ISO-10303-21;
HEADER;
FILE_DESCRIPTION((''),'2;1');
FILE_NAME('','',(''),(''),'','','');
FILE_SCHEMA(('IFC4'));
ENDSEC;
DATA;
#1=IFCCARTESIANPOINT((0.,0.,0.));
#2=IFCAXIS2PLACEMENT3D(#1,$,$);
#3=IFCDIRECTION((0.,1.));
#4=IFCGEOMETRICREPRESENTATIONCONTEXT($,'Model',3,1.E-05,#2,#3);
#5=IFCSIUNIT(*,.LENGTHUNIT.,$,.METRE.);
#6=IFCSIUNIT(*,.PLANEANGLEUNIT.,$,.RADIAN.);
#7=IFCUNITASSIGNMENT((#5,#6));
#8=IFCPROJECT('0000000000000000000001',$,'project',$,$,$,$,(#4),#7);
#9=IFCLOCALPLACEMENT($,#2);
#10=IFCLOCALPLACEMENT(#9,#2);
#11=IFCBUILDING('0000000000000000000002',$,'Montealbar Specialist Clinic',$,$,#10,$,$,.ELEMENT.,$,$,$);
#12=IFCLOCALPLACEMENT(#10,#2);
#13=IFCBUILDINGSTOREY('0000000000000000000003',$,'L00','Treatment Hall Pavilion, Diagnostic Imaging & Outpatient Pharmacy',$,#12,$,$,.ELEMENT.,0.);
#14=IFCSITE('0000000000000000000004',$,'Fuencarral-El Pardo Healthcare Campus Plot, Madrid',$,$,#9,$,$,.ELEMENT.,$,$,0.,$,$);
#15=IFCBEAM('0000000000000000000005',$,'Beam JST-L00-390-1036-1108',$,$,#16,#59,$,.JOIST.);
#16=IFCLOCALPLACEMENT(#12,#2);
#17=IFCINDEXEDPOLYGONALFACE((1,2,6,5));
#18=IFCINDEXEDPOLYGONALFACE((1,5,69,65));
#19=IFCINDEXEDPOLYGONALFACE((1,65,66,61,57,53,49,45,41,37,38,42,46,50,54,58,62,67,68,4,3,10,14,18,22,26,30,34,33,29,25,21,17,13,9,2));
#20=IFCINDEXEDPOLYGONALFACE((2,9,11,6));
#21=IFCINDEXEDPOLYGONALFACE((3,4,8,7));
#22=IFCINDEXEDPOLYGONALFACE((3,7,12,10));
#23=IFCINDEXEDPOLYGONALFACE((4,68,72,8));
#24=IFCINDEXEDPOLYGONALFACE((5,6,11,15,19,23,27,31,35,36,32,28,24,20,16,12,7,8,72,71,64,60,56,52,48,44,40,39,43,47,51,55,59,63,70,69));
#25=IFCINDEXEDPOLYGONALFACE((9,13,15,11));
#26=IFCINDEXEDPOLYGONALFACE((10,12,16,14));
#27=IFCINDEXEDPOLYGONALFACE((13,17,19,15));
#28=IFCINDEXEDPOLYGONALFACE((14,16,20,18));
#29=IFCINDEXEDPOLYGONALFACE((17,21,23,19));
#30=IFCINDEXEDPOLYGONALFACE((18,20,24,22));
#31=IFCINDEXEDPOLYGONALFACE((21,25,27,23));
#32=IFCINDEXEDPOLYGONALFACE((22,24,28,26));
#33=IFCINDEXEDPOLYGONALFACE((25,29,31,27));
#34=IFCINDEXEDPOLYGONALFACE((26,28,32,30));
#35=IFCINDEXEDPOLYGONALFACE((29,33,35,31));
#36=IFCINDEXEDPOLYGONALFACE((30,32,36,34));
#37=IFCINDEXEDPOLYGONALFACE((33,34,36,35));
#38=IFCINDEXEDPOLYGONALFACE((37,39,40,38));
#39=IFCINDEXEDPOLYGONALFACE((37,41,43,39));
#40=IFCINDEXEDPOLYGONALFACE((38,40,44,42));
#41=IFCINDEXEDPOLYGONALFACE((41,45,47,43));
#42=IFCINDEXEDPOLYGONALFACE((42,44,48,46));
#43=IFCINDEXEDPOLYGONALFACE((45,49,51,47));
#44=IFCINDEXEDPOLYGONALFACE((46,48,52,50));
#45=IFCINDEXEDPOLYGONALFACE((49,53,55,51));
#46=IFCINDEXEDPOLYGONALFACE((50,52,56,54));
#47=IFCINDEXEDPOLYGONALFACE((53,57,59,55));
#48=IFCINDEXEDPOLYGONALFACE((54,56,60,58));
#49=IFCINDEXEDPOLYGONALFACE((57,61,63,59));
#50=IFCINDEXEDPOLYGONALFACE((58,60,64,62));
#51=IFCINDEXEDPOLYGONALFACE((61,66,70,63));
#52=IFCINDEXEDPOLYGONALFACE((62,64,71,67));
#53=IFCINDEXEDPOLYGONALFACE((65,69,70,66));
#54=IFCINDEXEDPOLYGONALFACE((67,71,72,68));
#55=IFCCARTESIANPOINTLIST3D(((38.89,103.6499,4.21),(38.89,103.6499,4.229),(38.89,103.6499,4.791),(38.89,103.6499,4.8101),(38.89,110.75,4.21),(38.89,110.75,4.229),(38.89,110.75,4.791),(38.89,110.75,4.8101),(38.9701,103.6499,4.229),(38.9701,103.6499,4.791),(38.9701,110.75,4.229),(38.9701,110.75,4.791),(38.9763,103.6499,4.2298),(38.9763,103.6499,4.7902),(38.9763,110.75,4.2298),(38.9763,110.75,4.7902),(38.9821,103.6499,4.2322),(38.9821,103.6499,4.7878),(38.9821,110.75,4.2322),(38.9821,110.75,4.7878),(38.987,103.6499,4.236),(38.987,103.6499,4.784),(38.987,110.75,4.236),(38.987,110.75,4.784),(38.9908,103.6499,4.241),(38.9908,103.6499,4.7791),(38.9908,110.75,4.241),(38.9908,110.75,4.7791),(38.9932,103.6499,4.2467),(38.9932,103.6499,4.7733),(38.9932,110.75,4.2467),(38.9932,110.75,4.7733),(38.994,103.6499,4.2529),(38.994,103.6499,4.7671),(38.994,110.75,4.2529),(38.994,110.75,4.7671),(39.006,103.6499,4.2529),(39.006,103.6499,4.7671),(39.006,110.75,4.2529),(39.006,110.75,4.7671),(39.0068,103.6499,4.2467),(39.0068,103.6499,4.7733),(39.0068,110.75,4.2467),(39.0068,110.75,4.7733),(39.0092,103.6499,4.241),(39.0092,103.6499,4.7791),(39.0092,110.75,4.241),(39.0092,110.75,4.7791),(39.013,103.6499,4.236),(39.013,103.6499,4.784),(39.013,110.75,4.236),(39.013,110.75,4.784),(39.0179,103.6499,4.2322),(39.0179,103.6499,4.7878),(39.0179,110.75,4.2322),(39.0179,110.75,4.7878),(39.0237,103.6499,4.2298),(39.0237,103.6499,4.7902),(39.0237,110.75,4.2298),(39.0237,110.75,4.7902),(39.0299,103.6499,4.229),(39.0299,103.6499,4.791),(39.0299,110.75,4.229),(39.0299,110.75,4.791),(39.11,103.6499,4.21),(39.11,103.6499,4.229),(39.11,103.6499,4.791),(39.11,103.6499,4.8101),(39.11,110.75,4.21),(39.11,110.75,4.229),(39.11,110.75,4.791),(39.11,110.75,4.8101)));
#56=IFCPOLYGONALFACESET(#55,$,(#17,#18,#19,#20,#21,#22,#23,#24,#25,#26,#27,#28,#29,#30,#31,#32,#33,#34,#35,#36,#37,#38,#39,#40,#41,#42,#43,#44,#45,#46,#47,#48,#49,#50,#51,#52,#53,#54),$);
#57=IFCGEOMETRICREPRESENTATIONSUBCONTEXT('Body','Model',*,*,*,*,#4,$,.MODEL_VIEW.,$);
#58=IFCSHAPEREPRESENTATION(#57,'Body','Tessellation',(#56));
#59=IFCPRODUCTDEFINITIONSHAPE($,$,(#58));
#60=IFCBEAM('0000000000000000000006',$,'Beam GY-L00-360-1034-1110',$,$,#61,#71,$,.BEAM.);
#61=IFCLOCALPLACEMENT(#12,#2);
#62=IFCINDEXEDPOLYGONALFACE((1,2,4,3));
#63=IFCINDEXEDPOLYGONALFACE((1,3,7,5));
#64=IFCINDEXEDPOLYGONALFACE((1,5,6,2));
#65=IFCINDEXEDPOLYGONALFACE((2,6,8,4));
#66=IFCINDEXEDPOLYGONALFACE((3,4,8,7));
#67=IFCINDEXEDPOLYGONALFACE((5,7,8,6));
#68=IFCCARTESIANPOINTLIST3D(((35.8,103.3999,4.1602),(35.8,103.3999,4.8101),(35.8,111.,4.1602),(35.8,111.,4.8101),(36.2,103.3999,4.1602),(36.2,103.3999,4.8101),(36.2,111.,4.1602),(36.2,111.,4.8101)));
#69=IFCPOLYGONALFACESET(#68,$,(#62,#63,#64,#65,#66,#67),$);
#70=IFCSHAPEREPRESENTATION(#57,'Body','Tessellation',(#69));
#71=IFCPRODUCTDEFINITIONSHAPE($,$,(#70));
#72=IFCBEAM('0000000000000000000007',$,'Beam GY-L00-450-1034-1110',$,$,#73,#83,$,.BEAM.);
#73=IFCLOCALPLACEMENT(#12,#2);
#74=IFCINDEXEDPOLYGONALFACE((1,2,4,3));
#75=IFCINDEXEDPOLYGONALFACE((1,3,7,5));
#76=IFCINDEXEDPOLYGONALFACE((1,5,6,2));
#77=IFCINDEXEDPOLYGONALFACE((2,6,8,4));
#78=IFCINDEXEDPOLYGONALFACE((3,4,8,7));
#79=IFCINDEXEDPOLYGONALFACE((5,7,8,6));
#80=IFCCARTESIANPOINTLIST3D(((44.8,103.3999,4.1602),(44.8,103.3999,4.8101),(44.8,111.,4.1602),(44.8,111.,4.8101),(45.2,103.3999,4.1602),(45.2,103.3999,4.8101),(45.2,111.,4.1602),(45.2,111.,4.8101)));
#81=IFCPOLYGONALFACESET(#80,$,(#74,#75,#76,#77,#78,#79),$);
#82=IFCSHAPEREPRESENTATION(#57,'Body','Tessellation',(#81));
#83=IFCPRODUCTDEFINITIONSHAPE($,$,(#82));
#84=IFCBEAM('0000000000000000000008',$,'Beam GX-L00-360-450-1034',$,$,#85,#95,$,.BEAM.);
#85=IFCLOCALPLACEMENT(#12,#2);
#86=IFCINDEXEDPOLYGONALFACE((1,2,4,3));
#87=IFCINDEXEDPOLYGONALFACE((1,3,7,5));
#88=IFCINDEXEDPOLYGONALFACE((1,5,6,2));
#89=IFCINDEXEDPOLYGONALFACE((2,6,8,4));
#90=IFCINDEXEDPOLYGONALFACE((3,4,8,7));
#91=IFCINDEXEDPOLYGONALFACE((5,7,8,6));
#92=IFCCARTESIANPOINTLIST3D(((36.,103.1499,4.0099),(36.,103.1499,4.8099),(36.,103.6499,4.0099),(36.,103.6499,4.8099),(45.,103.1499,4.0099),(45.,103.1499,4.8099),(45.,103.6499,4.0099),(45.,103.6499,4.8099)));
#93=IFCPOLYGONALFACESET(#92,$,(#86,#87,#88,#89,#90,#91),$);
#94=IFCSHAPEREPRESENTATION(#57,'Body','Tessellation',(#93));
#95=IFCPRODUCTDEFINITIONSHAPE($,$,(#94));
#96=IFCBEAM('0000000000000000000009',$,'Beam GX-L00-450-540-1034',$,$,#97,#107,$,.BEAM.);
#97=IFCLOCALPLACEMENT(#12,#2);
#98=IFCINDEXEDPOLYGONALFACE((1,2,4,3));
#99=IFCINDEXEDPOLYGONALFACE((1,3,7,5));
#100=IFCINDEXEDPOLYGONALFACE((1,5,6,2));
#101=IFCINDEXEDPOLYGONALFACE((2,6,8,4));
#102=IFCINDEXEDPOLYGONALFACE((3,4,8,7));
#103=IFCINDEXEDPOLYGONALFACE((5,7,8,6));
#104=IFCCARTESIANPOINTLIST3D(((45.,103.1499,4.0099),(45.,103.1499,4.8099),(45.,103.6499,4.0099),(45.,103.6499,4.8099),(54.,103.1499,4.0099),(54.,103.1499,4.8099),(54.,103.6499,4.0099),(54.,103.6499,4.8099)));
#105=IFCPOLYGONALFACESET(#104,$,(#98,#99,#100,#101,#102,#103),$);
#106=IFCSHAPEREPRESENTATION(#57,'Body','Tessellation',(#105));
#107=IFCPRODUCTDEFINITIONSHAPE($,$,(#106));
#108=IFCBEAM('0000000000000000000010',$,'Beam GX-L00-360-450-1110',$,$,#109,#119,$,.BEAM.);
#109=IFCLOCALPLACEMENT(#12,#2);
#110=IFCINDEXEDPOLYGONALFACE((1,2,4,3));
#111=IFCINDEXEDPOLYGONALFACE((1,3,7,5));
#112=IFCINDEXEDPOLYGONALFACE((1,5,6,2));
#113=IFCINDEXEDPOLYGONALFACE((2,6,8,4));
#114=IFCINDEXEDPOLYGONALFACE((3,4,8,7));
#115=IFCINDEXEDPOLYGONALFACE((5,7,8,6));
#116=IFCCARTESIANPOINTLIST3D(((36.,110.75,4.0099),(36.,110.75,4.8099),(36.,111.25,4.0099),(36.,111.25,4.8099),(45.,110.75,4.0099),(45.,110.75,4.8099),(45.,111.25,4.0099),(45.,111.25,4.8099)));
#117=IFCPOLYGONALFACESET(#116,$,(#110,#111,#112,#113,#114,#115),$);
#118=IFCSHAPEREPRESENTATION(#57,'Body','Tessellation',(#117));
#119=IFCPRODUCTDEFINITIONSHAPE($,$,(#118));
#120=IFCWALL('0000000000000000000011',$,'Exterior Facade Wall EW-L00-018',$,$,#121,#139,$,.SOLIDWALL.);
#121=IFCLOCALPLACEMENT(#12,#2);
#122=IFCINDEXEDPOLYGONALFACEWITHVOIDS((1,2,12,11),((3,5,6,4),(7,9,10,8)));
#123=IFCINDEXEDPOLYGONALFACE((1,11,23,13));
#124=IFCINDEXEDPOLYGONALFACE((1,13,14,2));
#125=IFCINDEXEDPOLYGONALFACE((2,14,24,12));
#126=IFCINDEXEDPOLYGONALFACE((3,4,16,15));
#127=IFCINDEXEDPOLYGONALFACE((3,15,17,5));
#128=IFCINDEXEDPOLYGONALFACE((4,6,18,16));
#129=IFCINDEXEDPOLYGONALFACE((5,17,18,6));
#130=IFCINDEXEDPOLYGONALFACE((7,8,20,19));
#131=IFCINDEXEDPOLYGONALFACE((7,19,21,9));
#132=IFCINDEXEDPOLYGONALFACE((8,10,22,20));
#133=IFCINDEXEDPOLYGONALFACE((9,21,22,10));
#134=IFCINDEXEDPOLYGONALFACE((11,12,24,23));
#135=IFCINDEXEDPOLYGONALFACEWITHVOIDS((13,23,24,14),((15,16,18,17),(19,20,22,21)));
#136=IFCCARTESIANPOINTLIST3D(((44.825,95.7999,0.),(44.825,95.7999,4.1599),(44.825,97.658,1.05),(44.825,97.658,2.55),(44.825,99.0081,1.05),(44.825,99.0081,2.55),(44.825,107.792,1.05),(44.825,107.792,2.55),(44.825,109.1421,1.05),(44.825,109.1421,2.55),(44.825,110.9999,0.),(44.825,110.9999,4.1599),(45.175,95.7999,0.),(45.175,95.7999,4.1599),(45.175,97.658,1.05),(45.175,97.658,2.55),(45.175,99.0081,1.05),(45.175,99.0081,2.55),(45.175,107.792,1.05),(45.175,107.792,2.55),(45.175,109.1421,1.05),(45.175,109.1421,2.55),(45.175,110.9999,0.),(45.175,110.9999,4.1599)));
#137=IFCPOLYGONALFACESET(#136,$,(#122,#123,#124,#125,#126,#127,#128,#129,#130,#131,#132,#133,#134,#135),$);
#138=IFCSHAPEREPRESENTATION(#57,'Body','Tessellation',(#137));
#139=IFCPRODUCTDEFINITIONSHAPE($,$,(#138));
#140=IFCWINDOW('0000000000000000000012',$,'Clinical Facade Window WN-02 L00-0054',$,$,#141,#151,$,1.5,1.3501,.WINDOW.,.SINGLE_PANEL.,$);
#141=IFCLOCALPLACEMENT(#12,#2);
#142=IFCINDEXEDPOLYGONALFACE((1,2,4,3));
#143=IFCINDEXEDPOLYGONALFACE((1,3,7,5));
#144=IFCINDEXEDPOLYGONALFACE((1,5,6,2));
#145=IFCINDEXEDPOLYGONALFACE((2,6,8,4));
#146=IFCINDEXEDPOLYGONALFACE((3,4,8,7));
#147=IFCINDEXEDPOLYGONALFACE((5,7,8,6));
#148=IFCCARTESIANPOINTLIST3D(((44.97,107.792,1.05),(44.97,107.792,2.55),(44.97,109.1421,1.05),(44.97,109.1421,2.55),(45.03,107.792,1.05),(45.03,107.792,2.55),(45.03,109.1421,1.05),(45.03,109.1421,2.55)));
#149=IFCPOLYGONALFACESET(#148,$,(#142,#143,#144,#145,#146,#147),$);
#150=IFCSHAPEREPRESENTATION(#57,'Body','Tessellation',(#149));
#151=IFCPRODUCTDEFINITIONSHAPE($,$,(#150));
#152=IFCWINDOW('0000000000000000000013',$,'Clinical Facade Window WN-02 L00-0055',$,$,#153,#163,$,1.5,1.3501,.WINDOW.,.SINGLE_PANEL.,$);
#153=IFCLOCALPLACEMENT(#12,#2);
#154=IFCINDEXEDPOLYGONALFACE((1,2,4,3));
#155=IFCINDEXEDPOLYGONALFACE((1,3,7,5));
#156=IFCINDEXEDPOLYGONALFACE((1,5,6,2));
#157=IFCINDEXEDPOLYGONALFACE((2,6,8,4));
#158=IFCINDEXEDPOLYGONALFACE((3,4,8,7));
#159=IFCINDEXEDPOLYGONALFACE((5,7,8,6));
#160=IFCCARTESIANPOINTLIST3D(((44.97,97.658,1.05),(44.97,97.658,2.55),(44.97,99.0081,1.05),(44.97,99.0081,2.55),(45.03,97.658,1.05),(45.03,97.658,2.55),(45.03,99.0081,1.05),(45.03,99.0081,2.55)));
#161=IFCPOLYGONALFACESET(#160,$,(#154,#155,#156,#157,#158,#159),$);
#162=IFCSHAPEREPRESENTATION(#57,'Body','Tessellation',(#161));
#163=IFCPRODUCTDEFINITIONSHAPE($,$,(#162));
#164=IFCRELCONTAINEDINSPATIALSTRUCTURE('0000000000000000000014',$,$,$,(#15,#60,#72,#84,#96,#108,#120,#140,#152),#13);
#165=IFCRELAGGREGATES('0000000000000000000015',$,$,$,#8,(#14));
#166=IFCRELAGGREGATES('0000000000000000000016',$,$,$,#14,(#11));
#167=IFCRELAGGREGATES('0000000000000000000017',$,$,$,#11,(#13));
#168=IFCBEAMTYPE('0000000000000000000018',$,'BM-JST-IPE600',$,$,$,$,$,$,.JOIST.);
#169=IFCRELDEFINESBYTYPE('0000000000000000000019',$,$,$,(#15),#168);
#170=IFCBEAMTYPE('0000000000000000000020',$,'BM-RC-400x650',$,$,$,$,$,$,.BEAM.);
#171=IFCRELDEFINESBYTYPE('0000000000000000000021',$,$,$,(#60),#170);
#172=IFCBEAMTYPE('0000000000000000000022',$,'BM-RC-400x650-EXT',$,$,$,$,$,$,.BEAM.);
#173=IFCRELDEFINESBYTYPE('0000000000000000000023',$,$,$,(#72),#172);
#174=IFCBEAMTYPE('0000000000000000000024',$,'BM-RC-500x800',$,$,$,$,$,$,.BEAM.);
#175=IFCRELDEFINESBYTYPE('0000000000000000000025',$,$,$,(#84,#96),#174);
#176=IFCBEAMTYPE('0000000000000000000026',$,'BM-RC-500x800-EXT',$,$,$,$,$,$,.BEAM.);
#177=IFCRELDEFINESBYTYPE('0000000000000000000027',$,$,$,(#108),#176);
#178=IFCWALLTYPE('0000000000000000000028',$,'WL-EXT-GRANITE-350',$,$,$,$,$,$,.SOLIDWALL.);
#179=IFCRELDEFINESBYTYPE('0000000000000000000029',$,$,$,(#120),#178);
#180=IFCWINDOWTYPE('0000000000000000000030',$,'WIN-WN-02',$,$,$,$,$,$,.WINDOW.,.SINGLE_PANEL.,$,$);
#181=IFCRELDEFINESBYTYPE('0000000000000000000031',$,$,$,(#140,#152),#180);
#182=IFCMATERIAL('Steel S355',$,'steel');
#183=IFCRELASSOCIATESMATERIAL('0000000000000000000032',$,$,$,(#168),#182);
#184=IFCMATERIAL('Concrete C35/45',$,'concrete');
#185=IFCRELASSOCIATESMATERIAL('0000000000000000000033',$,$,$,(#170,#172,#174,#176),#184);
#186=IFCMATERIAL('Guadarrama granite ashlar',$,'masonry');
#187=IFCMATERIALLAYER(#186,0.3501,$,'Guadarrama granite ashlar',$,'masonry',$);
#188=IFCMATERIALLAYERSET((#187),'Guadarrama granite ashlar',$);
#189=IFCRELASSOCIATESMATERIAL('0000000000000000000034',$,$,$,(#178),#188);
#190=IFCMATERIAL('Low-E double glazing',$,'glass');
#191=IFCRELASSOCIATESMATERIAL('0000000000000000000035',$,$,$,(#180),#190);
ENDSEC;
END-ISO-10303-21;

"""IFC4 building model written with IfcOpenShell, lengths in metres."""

from ifc_helpers import new_model, si_unit, direction, frame, frame_2d, origin, origin_2d, place, context, subcontext, project, spatial, rectangle, i_section, extrude, material, layer, layer_set, material_profile, profile_set, type_object, element, fill, save


model = new_model("IFC4")

# Units and contexts
model_context = context("Model", 3, precision=1e-05, world=origin(), true_north=direction((0.0, 1.0)))
body_context = subcontext(model_context, "Body", "Model", "MODEL_VIEW")
ifc_project = project(units=[si_unit("LENGTHUNIT", "METRE"), si_unit("PLANEANGLEUNIT", "RADIAN")], contexts=[model_context])

# Site, building, storey
site_placement = place(None, origin())
site = spatial("IfcSite", under=ifc_project, at=site_placement, Name="Fuencarral-El Pardo Healthcare Campus Plot, Madrid", CompositionType="ELEMENT", RefElevation=0.0)
building_placement = place(site_placement, origin())
building = spatial("IfcBuilding", under=site, at=building_placement, Name="Montealbar Specialist Clinic", CompositionType="ELEMENT")
storey_placement = place(building_placement, origin())
storey = spatial("IfcBuildingStorey", under=building, at=storey_placement, Name="L00", Description="Treatment Hall Pavilion, Diagnostic Imaging & Outpatient Pharmacy", CompositionType="ELEMENT", Elevation=0.0)

# Shared definitions
ifc_material_1 = material(Name="Concrete C35/45", Category="concrete")
ifc_material_2 = material(Name="Guadarrama granite ashlar", Category="masonry")

# Beams
ifc_material_3 = material(Name="Steel S355", Category="steel")
ifc_material_profile_1 = material_profile(ifc_material_3, i_section(OverallWidth=0.22, OverallDepth=0.6001, WebThickness=0.012, FlangeThickness=0.019, FilletRadius=0.0239, at=origin_2d()), Name="IPE 600", Category="steel")
ifc_profile_set_1 = profile_set([ifc_material_profile_1], Name="Steel S355")
beam_type_1 = type_object("IfcBeamType", Name="BM-JST-IPE600", PredefinedType="JOIST", material=ifc_profile_set_1)
beam_1_placement = place(storey_placement, frame((39.0, 103.6499, 4.51), z_axis=(0.0, 1.0, 0.0), x_axis=(-1.0, 0.0, 0.0)))
element("IfcBeam", 1, at=beam_1_placement, inside=storey, type_object=beam_type_1, Name="Beam JST-L00-390-1036-1108", PredefinedType="JOIST", context=body_context, shape_type="SweptSolid", body=[
    extrude(i_section(OverallWidth=0.22, OverallDepth=0.6001, WebThickness=0.012, FlangeThickness=0.019, FilletRadius=0.0239, at=origin_2d()), origin(), (0.0, 0.0, 1.0), 7.1001),
])
ifc_material_profile_2 = material_profile(ifc_material_1, rectangle(XDim=0.3999, YDim=0.6499, at=origin_2d()), Name="RC 400x650", Category="concrete")
ifc_profile_set_2 = profile_set([ifc_material_profile_2], Name="Concrete C35/45")
beam_type_2 = type_object("IfcBeamType", Name="BM-RC-400x650", PredefinedType="BEAM", material=ifc_profile_set_2)
beam_2_placement = place(storey_placement, frame((36.0, 103.3999, 4.4851), z_axis=(0.0, 1.0, 0.0), x_axis=(-1.0, 0.0, 0.0)))
element("IfcBeam", 2, at=beam_2_placement, inside=storey, type_object=beam_type_2, Name="Beam GY-L00-360-1034-1110", PredefinedType="BEAM", context=body_context, shape_type="SweptSolid", body=[
    extrude(rectangle(XDim=0.3999, YDim=0.6499, at=origin_2d()), origin(), (0.0, 0.0, 1.0), 7.6001),
])
ifc_material_profile_3 = material_profile(ifc_material_1, rectangle(XDim=0.3999, YDim=0.6499, at=origin_2d()), Name="RC 400x650", Category="concrete")
ifc_profile_set_3 = profile_set([ifc_material_profile_3], Name="Concrete C35/45")
beam_type_3 = type_object("IfcBeamType", Name="BM-RC-400x650-EXT", PredefinedType="BEAM", material=ifc_profile_set_3)
beam_3_placement = place(storey_placement, frame((45.0, 103.3999, 4.4851), z_axis=(0.0, 1.0, 0.0), x_axis=(-1.0, 0.0, 0.0)))
element("IfcBeam", 3, at=beam_3_placement, inside=storey, type_object=beam_type_3, Name="Beam GY-L00-450-1034-1110", PredefinedType="BEAM", context=body_context, shape_type="SweptSolid", body=[
    extrude(rectangle(XDim=0.3999, YDim=0.6499, at=origin_2d()), origin(), (0.0, 0.0, 1.0), 7.6001),
])
ifc_material_profile_4 = material_profile(ifc_material_1, rectangle(XDim=0.5, YDim=0.8, at=origin_2d()), Name="RC 500x800", Category="concrete")
ifc_profile_set_4 = profile_set([ifc_material_profile_4], Name="Concrete C35/45")
beam_type_4 = type_object("IfcBeamType", Name="BM-RC-500x800", PredefinedType="BEAM", material=ifc_profile_set_4)
for number, where, z_axis, x_axis, name in (
    (4, (36.0, 103.3999, 4.4099), (1.0, 0.0, 0.0), (0.0, 1.0, 0.0), "Beam GX-L00-360-450-1034"),
    (5, (45.0, 103.3999, 4.4099), (1.0, 0.0, 0.0), (0.0, 1.0, 0.0), "Beam GX-L00-450-540-1034"),
):
    element("IfcBeam", number, at=place(storey_placement, frame(where, z_axis=z_axis, x_axis=x_axis)), inside=storey, type_object=beam_type_4, Name=name, PredefinedType="BEAM", context=body_context, shape_type="SweptSolid", body=[
        extrude(rectangle(XDim=0.5, YDim=0.8, at=origin_2d()), origin(), (0.0, 0.0, 1.0), 9.0),
    ])
ifc_material_profile_5 = material_profile(ifc_material_1, rectangle(XDim=0.5, YDim=0.8, at=origin_2d()), Name="RC 500x800", Category="concrete")
ifc_profile_set_5 = profile_set([ifc_material_profile_5], Name="Concrete C35/45")
beam_type_5 = type_object("IfcBeamType", Name="BM-RC-500x800-EXT", PredefinedType="BEAM", material=ifc_profile_set_5)
beam_4_placement = place(storey_placement, frame((36.0, 111.0, 4.4099), z_axis=(1.0, 0.0, 0.0), x_axis=(0.0, 1.0, 0.0)))
element("IfcBeam", 6, at=beam_4_placement, inside=storey, type_object=beam_type_5, Name="Beam GX-L00-360-450-1110", PredefinedType="BEAM", context=body_context, shape_type="SweptSolid", body=[
    extrude(rectangle(XDim=0.5, YDim=0.8, at=origin_2d()), origin(), (0.0, 0.0, 1.0), 9.0),
])

# Wall, openings, windows
ifc_layer_1 = layer(ifc_material_2, 0.3501, Name="Guadarrama granite ashlar", Category="masonry")
ifc_layer_set_1 = layer_set([ifc_layer_1], Name="Guadarrama granite ashlar")
wall_type_1 = type_object("IfcWallType", Name="WL-EXT-GRANITE-350", PredefinedType="SOLIDWALL", material=ifc_layer_set_1)
wall_1_placement = place(storey_placement, frame((45.0, 111.0, 0.0), z_axis=(0.0, 0.0, 1.0), x_axis=(0.0, -1.0, 0.0)))
wall_1 = element("IfcWall", 7, at=wall_1_placement, inside=storey, type_object=wall_type_1, Name="Exterior Facade Wall EW-L00-018", PredefinedType="SOLIDWALL", context=body_context, shape_type="SweptSolid", body=[
    extrude(rectangle(XDim=15.2, YDim=0.3501, at=frame_2d((7.6001, 0.0))), origin(), (0.0, 0.0, 1.0), 4.1599),
])
opening_1_placement = place(wall_1_placement, frame((1.8579, 0.0, 1.05)))
opening_1 = element("IfcOpeningElement", 8, at=opening_1_placement, cuts=wall_1, PredefinedType="OPENING", context=body_context, shape_type="SweptSolid", body=[
    extrude(rectangle(XDim=1.3501, YDim=1.5, at=frame_2d((0.675, 0.75))), frame((0.0, 0.1851, 0.0), z_axis=(0.0, -1.0, 0.0), x_axis=(1.0, 0.0, 0.0)), (0.0, 0.0, 1.0), 0.3701),
])
opening_2_placement = place(wall_1_placement, frame((11.9919, 0.0, 1.05)))
opening_2 = element("IfcOpeningElement", 9, at=opening_2_placement, cuts=wall_1, PredefinedType="OPENING", context=body_context, shape_type="SweptSolid", body=[
    extrude(rectangle(XDim=1.3501, YDim=1.5, at=frame_2d((0.675, 0.75))), frame((0.0, 0.1851, 0.0), z_axis=(0.0, -1.0, 0.0), x_axis=(1.0, 0.0, 0.0)), (0.0, 0.0, 1.0), 0.3701),
])
ifc_material_4 = material(Name="Low-E double glazing", Category="glass")
window_type = type_object("IfcWindowType", Name="WIN-WN-02", PartitioningType="SINGLE_PANEL", PredefinedType="WINDOW", material=ifc_material_4)
window_1_placement = place(opening_1_placement, origin())
window_1 = element("IfcWindow", 10, at=window_1_placement, inside=storey, type_object=window_type, Name="Clinical Facade Window WN-02 L00-0054", OverallHeight=1.5, OverallWidth=1.3501, PartitioningType="SINGLE_PANEL", PredefinedType="WINDOW", context=body_context, shape_type="SweptSolid", body=[
    extrude(rectangle(XDim=1.3501, YDim=1.5, at=frame_2d((0.675, 0.75))), frame((0.0, 0.03, 0.0), z_axis=(0.0, -1.0, 0.0), x_axis=(1.0, 0.0, 0.0)), (0.0, 0.0, 1.0), 0.0601),
])
fill(opening_1, window_1)
window_2_placement = place(opening_2_placement, origin())
window_2 = element("IfcWindow", 11, at=window_2_placement, inside=storey, type_object=window_type, Name="Clinical Facade Window WN-02 L00-0055", OverallHeight=1.5, OverallWidth=1.3501, PartitioningType="SINGLE_PANEL", PredefinedType="WINDOW", context=body_context, shape_type="SweptSolid", body=[
    extrude(rectangle(XDim=1.3501, YDim=1.5, at=frame_2d((0.675, 0.75))), frame((0.0, 0.03, 0.0), z_axis=(0.0, -1.0, 0.0), x_axis=(1.0, 0.0, 0.0)), (0.0, 0.0, 1.0), 0.0601),
])
fill(opening_2, window_2)

save(model, "model.ifc")
